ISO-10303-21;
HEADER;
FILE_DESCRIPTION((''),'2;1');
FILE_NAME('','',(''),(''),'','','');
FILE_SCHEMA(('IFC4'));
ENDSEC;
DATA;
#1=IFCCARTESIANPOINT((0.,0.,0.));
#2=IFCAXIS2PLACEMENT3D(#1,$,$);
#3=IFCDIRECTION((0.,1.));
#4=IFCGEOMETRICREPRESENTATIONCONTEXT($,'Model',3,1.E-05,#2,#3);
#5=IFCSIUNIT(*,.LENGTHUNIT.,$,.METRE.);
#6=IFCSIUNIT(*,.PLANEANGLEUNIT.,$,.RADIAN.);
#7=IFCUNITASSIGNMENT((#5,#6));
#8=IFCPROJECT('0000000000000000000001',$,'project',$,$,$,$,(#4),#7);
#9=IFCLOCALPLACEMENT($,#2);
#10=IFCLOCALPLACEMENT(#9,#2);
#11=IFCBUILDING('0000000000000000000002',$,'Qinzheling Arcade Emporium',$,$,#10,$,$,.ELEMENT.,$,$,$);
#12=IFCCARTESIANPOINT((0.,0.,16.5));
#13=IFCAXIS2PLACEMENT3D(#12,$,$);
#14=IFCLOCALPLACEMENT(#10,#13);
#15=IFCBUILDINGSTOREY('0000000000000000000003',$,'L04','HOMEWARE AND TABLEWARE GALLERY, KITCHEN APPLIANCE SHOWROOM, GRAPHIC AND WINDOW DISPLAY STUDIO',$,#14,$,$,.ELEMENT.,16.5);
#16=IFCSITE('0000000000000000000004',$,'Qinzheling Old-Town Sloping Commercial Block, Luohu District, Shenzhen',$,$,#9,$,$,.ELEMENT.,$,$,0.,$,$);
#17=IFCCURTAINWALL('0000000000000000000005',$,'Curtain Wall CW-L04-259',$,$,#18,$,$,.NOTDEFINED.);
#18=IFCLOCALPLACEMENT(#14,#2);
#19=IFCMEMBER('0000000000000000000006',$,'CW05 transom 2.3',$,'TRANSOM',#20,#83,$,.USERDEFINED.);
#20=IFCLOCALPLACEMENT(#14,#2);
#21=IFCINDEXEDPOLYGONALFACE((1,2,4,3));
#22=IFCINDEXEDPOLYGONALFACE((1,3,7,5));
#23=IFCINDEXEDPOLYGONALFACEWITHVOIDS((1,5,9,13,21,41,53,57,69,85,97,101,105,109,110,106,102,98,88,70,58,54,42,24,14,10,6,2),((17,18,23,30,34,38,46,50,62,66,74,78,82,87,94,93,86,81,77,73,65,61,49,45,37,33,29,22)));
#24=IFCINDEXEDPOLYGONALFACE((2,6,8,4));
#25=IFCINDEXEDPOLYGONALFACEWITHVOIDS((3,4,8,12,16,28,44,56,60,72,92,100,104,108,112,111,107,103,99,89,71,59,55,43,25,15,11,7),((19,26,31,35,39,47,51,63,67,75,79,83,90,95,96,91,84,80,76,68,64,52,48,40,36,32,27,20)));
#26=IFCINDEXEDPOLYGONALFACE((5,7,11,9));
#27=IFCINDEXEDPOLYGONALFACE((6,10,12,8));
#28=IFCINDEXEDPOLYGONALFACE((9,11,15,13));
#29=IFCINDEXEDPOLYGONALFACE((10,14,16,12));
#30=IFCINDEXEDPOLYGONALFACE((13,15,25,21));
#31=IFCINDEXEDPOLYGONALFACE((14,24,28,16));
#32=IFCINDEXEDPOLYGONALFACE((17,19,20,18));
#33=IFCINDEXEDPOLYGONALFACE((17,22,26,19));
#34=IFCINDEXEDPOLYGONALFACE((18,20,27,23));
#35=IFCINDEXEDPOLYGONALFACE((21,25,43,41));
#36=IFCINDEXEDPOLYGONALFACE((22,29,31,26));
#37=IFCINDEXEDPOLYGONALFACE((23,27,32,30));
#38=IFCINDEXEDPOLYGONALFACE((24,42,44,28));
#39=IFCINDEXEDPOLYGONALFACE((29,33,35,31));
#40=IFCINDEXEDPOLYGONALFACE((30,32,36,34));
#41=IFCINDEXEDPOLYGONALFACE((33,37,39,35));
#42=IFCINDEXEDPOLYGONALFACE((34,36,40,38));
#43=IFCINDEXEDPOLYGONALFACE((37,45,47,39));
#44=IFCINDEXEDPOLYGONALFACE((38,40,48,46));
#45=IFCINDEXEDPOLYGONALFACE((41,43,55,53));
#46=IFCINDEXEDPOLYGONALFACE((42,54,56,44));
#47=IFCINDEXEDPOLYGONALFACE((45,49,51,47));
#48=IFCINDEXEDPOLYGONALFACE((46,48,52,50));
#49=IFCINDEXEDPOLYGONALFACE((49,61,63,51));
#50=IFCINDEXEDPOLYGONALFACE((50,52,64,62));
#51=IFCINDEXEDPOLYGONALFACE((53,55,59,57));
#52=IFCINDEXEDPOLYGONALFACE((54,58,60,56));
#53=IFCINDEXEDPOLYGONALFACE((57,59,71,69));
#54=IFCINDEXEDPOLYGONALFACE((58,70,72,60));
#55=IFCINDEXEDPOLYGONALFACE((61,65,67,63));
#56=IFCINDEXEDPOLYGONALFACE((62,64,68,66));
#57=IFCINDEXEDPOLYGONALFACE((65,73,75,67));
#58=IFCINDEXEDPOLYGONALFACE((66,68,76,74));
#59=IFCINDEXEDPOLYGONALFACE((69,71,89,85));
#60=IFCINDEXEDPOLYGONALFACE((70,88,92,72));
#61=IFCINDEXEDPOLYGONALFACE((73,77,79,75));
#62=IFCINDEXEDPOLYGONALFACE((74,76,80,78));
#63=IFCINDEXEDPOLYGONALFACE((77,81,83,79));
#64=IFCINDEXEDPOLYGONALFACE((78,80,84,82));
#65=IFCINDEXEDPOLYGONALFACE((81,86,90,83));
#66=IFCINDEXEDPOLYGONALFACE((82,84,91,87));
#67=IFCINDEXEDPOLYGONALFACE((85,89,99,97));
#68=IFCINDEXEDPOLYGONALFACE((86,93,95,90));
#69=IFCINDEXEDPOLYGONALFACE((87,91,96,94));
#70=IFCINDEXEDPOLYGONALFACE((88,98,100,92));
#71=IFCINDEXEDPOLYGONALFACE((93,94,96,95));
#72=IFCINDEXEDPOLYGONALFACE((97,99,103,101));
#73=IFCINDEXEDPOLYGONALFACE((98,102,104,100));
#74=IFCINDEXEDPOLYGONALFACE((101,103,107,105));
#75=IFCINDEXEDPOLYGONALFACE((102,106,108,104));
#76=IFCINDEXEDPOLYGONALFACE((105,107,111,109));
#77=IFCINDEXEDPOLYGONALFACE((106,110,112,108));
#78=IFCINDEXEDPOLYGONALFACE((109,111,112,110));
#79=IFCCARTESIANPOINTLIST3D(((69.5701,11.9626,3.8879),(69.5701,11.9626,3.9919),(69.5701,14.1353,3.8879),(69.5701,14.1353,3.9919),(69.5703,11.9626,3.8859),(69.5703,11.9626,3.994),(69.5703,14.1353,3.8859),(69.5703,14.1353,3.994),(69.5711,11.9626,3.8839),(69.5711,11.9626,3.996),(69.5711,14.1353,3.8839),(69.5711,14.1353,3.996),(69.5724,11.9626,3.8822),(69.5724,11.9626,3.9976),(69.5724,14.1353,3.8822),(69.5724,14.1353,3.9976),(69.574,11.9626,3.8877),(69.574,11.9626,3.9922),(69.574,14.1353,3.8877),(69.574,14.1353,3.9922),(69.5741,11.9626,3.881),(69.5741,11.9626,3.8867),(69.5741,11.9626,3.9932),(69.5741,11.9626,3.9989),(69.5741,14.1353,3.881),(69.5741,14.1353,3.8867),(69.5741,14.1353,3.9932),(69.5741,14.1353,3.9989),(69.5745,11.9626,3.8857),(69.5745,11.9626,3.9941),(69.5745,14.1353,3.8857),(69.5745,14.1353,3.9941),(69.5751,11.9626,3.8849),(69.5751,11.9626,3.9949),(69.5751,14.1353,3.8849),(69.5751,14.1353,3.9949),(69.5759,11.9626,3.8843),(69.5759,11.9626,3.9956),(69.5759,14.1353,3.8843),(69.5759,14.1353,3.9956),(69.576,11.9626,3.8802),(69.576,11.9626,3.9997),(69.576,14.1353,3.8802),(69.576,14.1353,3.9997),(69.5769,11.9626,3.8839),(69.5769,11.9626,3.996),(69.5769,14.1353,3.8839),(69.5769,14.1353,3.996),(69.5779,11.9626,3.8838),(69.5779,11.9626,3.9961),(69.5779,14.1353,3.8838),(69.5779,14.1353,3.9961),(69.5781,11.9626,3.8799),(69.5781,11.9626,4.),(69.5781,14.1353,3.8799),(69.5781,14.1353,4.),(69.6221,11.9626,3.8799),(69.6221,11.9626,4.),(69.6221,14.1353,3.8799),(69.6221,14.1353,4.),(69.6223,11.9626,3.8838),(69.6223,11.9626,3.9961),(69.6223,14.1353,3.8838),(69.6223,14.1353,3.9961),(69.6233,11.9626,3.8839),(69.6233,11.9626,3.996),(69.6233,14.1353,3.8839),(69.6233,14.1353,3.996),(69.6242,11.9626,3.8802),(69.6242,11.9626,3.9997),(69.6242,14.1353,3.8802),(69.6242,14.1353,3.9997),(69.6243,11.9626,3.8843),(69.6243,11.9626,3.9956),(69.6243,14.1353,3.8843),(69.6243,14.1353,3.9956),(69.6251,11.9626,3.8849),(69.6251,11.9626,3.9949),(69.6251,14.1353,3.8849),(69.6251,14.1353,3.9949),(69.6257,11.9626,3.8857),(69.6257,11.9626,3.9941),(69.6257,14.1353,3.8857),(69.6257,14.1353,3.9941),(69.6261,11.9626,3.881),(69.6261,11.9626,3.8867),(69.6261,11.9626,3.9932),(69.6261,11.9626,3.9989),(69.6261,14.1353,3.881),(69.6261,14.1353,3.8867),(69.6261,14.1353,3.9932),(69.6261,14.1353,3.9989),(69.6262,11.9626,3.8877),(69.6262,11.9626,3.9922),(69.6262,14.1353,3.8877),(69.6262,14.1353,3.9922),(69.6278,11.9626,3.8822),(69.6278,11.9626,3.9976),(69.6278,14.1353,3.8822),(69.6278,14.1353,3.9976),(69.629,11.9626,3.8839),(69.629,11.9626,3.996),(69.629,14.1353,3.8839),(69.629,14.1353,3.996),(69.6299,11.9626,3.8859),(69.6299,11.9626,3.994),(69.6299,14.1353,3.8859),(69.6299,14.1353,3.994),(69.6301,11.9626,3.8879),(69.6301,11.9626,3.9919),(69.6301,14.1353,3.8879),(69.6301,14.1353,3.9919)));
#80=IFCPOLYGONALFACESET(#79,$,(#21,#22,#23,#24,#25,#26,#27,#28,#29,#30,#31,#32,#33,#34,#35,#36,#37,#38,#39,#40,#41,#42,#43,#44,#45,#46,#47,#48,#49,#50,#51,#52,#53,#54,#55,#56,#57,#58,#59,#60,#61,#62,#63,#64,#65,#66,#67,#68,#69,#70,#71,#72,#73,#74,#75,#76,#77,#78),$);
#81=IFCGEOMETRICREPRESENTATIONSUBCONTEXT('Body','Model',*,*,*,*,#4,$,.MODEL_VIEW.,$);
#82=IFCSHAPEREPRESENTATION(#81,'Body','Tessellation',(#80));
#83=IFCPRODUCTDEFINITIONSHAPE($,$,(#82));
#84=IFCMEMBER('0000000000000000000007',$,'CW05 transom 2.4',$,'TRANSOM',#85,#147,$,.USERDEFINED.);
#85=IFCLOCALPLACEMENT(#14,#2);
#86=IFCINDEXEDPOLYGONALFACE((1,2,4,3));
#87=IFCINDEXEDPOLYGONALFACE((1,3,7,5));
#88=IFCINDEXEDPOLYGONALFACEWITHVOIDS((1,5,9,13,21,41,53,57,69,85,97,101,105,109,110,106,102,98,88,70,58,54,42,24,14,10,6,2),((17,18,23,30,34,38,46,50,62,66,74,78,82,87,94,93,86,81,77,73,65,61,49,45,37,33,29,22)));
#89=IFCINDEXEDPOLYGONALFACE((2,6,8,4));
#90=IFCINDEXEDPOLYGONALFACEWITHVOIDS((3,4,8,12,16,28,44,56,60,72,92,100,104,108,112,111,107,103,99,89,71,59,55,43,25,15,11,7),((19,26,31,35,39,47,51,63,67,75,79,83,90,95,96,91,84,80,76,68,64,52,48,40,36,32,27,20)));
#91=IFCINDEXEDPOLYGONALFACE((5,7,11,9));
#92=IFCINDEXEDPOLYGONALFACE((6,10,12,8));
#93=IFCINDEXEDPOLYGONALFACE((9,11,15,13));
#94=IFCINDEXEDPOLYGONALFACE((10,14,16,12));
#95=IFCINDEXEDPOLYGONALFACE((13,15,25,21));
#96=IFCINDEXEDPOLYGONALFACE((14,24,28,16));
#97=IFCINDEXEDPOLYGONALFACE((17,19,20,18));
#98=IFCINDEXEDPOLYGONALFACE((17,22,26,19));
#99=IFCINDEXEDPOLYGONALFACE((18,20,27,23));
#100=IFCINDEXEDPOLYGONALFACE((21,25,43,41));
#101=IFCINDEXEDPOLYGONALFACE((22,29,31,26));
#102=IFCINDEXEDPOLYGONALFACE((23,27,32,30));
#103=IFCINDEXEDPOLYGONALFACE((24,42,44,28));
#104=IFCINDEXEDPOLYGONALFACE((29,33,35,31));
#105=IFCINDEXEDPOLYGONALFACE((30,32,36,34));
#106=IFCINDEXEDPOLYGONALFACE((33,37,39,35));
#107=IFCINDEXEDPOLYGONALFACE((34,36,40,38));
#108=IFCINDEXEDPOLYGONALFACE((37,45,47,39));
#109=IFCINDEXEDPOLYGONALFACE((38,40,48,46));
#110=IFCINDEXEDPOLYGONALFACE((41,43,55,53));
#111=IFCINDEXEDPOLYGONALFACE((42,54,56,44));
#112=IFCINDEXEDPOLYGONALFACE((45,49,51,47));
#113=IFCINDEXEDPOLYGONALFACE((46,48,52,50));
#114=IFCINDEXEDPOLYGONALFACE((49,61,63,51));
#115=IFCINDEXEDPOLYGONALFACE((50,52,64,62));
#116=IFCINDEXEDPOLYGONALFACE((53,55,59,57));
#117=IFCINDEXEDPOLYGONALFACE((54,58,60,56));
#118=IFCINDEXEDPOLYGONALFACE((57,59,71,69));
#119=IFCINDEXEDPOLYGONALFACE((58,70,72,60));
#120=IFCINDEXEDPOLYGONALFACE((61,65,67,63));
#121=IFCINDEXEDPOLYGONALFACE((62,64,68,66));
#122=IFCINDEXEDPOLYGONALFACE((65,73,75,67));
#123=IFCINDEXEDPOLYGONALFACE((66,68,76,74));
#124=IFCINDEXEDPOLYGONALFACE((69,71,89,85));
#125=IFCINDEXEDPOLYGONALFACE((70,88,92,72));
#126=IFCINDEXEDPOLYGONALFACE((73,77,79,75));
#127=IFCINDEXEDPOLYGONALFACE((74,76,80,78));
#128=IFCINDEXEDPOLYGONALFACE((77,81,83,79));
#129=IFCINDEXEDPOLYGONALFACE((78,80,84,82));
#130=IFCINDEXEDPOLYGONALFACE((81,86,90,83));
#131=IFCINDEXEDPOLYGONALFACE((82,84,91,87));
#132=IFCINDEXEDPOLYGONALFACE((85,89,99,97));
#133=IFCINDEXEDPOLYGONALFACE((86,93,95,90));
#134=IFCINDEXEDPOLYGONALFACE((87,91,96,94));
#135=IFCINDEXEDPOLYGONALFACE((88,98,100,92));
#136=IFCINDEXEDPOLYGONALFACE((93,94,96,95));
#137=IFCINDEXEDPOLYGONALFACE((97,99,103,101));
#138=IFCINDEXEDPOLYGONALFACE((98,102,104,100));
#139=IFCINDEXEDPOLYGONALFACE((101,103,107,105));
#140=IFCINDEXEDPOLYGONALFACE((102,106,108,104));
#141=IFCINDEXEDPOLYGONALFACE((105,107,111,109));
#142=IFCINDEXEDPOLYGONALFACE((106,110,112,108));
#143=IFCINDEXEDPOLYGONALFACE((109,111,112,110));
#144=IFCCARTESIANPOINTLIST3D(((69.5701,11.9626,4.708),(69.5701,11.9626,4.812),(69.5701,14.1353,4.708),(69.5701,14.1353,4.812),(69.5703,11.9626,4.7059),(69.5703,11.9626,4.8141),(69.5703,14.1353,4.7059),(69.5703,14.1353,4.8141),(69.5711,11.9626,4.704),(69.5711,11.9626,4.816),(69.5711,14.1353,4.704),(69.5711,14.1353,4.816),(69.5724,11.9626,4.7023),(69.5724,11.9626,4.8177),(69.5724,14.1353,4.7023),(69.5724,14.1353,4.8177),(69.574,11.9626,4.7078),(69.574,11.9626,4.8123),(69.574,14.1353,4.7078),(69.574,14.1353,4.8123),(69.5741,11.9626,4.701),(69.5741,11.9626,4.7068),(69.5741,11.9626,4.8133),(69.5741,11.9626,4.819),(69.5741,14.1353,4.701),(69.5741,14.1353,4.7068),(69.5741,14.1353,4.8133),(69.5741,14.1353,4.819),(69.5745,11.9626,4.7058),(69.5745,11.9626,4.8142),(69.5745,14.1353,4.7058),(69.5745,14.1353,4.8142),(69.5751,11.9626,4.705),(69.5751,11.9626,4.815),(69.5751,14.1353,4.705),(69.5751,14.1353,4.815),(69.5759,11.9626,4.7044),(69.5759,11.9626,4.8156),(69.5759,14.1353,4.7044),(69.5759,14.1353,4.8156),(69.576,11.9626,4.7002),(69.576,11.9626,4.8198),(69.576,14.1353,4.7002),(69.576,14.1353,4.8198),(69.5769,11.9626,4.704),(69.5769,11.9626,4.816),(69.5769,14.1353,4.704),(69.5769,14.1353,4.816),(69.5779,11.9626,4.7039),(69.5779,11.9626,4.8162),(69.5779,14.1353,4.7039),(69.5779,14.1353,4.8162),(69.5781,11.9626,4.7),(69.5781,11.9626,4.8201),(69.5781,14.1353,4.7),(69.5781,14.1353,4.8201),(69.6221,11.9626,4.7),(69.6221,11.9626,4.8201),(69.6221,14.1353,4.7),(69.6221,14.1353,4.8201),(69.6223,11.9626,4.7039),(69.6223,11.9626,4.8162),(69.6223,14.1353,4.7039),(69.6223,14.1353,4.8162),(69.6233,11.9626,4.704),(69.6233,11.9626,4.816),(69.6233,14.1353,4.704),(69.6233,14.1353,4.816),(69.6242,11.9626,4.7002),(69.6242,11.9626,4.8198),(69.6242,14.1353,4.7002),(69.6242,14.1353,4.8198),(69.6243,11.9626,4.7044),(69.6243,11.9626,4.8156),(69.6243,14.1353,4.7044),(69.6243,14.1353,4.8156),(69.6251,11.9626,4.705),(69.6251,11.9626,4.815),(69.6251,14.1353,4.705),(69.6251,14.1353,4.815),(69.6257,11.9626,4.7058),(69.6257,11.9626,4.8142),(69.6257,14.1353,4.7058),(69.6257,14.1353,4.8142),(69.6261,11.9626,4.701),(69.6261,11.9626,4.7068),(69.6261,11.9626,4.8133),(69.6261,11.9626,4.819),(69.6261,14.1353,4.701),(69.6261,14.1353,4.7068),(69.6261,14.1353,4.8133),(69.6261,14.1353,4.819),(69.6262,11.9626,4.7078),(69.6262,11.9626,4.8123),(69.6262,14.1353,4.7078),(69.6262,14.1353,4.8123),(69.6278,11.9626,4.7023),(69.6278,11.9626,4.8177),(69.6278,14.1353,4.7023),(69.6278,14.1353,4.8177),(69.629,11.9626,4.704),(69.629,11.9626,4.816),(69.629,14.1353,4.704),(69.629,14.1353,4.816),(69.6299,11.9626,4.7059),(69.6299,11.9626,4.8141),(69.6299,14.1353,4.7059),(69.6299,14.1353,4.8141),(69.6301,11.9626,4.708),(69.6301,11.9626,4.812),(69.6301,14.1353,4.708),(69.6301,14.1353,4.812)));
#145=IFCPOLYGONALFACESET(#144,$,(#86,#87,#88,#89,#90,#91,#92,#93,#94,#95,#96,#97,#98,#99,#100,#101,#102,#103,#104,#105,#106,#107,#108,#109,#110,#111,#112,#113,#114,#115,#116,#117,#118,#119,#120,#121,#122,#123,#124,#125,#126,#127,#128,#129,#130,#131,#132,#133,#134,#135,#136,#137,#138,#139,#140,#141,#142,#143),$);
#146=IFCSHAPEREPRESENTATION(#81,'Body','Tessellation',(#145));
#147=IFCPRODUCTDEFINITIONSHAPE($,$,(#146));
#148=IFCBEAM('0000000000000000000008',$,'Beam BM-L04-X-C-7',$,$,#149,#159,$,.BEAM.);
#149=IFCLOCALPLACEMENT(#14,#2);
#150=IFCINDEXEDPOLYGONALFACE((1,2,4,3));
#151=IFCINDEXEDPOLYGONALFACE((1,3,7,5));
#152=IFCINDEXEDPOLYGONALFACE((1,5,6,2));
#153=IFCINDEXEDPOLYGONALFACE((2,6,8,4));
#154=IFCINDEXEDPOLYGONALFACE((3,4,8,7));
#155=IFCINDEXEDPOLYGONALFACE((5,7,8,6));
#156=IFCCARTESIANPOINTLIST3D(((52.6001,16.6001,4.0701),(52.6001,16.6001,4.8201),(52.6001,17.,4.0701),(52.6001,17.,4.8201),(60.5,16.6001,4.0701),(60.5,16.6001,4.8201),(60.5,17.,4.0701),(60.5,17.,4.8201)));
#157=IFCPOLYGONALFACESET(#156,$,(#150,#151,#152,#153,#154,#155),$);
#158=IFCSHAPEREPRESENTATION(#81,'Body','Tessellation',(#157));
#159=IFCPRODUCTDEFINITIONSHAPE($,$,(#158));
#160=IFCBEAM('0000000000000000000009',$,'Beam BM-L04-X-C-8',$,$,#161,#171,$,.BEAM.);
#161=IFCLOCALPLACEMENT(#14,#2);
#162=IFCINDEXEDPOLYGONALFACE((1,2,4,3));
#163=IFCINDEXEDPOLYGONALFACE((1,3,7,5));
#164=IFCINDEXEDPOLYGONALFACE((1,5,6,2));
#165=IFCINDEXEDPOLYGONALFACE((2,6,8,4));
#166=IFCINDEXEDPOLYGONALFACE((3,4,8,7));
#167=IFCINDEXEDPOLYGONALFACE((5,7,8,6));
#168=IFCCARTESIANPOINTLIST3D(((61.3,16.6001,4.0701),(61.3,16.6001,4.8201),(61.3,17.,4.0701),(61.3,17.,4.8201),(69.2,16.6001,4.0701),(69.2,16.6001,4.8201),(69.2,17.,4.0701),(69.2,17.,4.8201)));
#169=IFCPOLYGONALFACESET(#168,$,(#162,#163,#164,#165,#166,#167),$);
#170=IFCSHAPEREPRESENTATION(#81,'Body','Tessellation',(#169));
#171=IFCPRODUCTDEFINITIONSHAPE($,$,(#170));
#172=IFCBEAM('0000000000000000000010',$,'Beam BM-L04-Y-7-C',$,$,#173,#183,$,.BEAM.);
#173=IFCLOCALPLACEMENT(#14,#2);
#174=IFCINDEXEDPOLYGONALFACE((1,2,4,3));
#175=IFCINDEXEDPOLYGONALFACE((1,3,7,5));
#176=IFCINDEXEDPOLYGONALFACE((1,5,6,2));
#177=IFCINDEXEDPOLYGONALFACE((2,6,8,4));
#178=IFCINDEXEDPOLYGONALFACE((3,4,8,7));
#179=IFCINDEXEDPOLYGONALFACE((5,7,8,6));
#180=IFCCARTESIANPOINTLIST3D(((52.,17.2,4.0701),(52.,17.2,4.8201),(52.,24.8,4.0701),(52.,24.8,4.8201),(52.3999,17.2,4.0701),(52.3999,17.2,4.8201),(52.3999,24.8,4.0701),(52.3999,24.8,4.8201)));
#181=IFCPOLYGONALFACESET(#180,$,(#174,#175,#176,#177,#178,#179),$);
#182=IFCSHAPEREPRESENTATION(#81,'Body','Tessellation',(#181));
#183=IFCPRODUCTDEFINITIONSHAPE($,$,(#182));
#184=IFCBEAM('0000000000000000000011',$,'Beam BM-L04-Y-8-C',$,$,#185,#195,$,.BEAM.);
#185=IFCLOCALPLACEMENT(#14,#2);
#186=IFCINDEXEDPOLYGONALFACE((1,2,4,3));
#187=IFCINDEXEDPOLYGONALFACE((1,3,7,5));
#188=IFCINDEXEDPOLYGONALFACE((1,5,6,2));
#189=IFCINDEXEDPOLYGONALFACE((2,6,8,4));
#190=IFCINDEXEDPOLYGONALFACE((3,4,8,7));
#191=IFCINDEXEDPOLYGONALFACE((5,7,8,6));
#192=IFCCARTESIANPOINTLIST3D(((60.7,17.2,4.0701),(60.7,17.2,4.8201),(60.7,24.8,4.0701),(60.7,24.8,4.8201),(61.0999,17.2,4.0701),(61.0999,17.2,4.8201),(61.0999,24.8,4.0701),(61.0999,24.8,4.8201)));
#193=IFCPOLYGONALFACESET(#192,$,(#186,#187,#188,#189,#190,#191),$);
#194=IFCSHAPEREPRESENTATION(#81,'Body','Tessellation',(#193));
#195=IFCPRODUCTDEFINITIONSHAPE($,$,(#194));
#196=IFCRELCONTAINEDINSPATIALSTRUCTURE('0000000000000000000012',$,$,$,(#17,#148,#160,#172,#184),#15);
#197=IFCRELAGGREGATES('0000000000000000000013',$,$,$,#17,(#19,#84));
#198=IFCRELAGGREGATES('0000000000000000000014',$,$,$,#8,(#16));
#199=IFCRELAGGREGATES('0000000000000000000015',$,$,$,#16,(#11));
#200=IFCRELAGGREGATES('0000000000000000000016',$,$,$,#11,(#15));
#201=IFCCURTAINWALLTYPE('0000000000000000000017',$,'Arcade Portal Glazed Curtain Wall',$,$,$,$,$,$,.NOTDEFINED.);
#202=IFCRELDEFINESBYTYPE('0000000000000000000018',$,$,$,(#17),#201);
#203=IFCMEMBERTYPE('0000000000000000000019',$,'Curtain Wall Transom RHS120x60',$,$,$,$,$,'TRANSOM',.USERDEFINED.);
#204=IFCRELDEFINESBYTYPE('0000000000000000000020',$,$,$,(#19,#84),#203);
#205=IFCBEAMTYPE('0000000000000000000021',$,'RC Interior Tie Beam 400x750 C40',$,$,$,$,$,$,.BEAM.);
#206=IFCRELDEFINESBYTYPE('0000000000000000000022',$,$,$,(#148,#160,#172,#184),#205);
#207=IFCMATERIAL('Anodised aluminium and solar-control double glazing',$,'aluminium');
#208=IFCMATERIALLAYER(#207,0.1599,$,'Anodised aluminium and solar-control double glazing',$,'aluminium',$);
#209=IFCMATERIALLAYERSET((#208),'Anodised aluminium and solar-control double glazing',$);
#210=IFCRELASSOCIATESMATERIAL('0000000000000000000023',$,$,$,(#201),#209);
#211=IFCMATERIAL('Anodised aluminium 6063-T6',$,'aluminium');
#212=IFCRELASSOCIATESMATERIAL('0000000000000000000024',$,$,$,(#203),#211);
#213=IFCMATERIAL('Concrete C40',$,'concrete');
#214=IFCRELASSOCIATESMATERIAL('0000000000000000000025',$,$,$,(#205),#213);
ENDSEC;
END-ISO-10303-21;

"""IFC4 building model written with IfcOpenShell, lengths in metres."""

from ifc_helpers import new_model, si_unit, direction, frame, origin, origin_2d, place, context, subcontext, project, spatial, rectangle, hollow_rectangle, extrude, material, layer, layer_set, material_profile, profile_set, type_object, element, aggregate, save


model = new_model("IFC4")

# Units and contexts
model_context = context("Model", 3, precision=1e-05, world=origin(), true_north=direction((0.0, 1.0)))
body_context = subcontext(model_context, "Body", "Model", "MODEL_VIEW")
ifc_project = project(units=[si_unit("LENGTHUNIT", "METRE"), si_unit("PLANEANGLEUNIT", "RADIAN")], contexts=[model_context])

# Site, building, storey
site_placement = place(None, origin())
site = spatial("IfcSite", under=ifc_project, at=site_placement, Name="Qinzheling Old-Town Sloping Commercial Block, Luohu District, Shenzhen", CompositionType="ELEMENT", RefElevation=0.0)
building_placement = place(site_placement, origin())
building = spatial("IfcBuilding", under=site, at=building_placement, Name="Qinzheling Arcade Emporium", CompositionType="ELEMENT")
storey_placement = place(building_placement, frame((0.0, 0.0, 16.5)))
storey = spatial("IfcBuildingStorey", under=building, at=storey_placement, Name="L04", Description="HOMEWARE AND TABLEWARE GALLERY, KITCHEN APPLIANCE SHOWROOM, GRAPHIC AND WINDOW DISPLAY STUDIO", CompositionType="ELEMENT", Elevation=16.5)

# Shared definitions
ifc_material_1 = material(Name="Concrete C40", Category="concrete")

# Curtain wall
ifc_material_2 = material(Name="Anodised aluminium and solar-control double glazing", Category="aluminium")
ifc_layer_1 = layer(ifc_material_2, 0.1599, Name="Anodised aluminium and solar-control double glazing", Category="aluminium")
ifc_layer_set_1 = layer_set([ifc_layer_1], Name="Anodised aluminium and solar-control double glazing")
curtain_wall_type = type_object("IfcCurtainWallType", Name="Arcade Portal Glazed Curtain Wall", PredefinedType="NOTDEFINED", material=ifc_layer_set_1)
ifc_material_3 = material(Name="Anodised aluminium 6063-T6", Category="aluminium")
curtain_wall_1_placement = place(storey_placement, origin())
curtain_wall_1 = element("IfcCurtainWall", 1, at=curtain_wall_1_placement, inside=storey, type_object=curtain_wall_type, Name="Curtain Wall CW-L04-259", PredefinedType="NOTDEFINED")

# Members
ifc_material_profile_1 = material_profile(ifc_material_3, hollow_rectangle(XDim=0.0601, YDim=0.1201, WallThickness=0.0039, InnerFilletRadius=0.0039, OuterFilletRadius=0.0081, at=origin_2d()), Name="RHS 120x60x4", Category="aluminium")
ifc_profile_set_1 = profile_set([ifc_material_profile_1], Name="Anodised aluminium 6063-T6")
member_type_1 = type_object("IfcMemberType", Name="Curtain Wall Transom RHS120x60", ElementType="TRANSOM", PredefinedType="USERDEFINED", material=ifc_profile_set_1)
member_1_placement = place(storey_placement, frame((69.6001, 14.1353, 3.9399), z_axis=(0.0, -1.0, 0.0), x_axis=(1.0, 0.0, 0.0)))
member_1 = element("IfcMember", 2, at=member_1_placement, type_object=member_type_1, Name="CW05 transom 2.3", ObjectType="TRANSOM", PredefinedType="USERDEFINED", context=body_context, shape_type="SweptSolid", body=[
    extrude(hollow_rectangle(XDim=0.0601, YDim=0.1201, WallThickness=0.0039, InnerFilletRadius=0.0039, OuterFilletRadius=0.0081, at=origin_2d()), origin(), (0.0, 0.0, 1.0), 2.1726),
])
member_2_placement = place(storey_placement, frame((69.6001, 14.1353, 4.76), z_axis=(0.0, -1.0, 0.0), x_axis=(1.0, 0.0, 0.0)))
member_2 = element("IfcMember", 3, at=member_2_placement, type_object=member_type_1, Name="CW05 transom 2.4", ObjectType="TRANSOM", PredefinedType="USERDEFINED", context=body_context, shape_type="SweptSolid", body=[
    extrude(hollow_rectangle(XDim=0.0601, YDim=0.1201, WallThickness=0.0039, InnerFilletRadius=0.0039, OuterFilletRadius=0.0081, at=origin_2d()), origin(), (0.0, 0.0, 1.0), 2.1726),
])

# Beams
ifc_material_profile_2 = material_profile(ifc_material_1, rectangle(XDim=0.3999, YDim=0.75, at=origin_2d()), Name="RC 400x750", Category="concrete")
ifc_profile_set_2 = profile_set([ifc_material_profile_2], Name="Concrete C40")
beam_type_1 = type_object("IfcBeamType", Name="RC Interior Tie Beam 400x750 C40", PredefinedType="BEAM", material=ifc_profile_set_2)
for number, where, z_axis, x_axis, name in (
    (4, (52.6001, 16.8, 4.4451), (1.0, 0.0, 0.0), (0.0, 1.0, 0.0), "Beam BM-L04-X-C-7"),
    (5, (61.3, 16.8, 4.4451), (1.0, 0.0, 0.0), (0.0, 1.0, 0.0), "Beam BM-L04-X-C-8"),
):
    element("IfcBeam", number, at=place(storey_placement, frame(where, z_axis=z_axis, x_axis=x_axis)), inside=storey, type_object=beam_type_1, Name=name, PredefinedType="BEAM", context=body_context, shape_type="SweptSolid", body=[
        extrude(rectangle(XDim=0.3999, YDim=0.75, at=origin_2d()), origin(), (0.0, 0.0, 1.0), 7.8999),
    ])
for number, where, z_axis, x_axis, name in (
    (6, (52.2, 17.2, 4.4451), (0.0, 1.0, 0.0), (-1.0, 0.0, 0.0), "Beam BM-L04-Y-7-C"),
    (7, (60.8999, 17.2, 4.4451), (0.0, 1.0, 0.0), (-1.0, 0.0, 0.0), "Beam BM-L04-Y-8-C"),
):
    element("IfcBeam", number, at=place(storey_placement, frame(where, z_axis=z_axis, x_axis=x_axis)), inside=storey, type_object=beam_type_1, Name=name, PredefinedType="BEAM", context=body_context, shape_type="SweptSolid", body=[
        extrude(rectangle(XDim=0.3999, YDim=0.75, at=origin_2d()), origin(), (0.0, 0.0, 1.0), 7.6001),
    ])

aggregate(curtain_wall_1, [member_1, member_2])

save(model, "model.ifc")
